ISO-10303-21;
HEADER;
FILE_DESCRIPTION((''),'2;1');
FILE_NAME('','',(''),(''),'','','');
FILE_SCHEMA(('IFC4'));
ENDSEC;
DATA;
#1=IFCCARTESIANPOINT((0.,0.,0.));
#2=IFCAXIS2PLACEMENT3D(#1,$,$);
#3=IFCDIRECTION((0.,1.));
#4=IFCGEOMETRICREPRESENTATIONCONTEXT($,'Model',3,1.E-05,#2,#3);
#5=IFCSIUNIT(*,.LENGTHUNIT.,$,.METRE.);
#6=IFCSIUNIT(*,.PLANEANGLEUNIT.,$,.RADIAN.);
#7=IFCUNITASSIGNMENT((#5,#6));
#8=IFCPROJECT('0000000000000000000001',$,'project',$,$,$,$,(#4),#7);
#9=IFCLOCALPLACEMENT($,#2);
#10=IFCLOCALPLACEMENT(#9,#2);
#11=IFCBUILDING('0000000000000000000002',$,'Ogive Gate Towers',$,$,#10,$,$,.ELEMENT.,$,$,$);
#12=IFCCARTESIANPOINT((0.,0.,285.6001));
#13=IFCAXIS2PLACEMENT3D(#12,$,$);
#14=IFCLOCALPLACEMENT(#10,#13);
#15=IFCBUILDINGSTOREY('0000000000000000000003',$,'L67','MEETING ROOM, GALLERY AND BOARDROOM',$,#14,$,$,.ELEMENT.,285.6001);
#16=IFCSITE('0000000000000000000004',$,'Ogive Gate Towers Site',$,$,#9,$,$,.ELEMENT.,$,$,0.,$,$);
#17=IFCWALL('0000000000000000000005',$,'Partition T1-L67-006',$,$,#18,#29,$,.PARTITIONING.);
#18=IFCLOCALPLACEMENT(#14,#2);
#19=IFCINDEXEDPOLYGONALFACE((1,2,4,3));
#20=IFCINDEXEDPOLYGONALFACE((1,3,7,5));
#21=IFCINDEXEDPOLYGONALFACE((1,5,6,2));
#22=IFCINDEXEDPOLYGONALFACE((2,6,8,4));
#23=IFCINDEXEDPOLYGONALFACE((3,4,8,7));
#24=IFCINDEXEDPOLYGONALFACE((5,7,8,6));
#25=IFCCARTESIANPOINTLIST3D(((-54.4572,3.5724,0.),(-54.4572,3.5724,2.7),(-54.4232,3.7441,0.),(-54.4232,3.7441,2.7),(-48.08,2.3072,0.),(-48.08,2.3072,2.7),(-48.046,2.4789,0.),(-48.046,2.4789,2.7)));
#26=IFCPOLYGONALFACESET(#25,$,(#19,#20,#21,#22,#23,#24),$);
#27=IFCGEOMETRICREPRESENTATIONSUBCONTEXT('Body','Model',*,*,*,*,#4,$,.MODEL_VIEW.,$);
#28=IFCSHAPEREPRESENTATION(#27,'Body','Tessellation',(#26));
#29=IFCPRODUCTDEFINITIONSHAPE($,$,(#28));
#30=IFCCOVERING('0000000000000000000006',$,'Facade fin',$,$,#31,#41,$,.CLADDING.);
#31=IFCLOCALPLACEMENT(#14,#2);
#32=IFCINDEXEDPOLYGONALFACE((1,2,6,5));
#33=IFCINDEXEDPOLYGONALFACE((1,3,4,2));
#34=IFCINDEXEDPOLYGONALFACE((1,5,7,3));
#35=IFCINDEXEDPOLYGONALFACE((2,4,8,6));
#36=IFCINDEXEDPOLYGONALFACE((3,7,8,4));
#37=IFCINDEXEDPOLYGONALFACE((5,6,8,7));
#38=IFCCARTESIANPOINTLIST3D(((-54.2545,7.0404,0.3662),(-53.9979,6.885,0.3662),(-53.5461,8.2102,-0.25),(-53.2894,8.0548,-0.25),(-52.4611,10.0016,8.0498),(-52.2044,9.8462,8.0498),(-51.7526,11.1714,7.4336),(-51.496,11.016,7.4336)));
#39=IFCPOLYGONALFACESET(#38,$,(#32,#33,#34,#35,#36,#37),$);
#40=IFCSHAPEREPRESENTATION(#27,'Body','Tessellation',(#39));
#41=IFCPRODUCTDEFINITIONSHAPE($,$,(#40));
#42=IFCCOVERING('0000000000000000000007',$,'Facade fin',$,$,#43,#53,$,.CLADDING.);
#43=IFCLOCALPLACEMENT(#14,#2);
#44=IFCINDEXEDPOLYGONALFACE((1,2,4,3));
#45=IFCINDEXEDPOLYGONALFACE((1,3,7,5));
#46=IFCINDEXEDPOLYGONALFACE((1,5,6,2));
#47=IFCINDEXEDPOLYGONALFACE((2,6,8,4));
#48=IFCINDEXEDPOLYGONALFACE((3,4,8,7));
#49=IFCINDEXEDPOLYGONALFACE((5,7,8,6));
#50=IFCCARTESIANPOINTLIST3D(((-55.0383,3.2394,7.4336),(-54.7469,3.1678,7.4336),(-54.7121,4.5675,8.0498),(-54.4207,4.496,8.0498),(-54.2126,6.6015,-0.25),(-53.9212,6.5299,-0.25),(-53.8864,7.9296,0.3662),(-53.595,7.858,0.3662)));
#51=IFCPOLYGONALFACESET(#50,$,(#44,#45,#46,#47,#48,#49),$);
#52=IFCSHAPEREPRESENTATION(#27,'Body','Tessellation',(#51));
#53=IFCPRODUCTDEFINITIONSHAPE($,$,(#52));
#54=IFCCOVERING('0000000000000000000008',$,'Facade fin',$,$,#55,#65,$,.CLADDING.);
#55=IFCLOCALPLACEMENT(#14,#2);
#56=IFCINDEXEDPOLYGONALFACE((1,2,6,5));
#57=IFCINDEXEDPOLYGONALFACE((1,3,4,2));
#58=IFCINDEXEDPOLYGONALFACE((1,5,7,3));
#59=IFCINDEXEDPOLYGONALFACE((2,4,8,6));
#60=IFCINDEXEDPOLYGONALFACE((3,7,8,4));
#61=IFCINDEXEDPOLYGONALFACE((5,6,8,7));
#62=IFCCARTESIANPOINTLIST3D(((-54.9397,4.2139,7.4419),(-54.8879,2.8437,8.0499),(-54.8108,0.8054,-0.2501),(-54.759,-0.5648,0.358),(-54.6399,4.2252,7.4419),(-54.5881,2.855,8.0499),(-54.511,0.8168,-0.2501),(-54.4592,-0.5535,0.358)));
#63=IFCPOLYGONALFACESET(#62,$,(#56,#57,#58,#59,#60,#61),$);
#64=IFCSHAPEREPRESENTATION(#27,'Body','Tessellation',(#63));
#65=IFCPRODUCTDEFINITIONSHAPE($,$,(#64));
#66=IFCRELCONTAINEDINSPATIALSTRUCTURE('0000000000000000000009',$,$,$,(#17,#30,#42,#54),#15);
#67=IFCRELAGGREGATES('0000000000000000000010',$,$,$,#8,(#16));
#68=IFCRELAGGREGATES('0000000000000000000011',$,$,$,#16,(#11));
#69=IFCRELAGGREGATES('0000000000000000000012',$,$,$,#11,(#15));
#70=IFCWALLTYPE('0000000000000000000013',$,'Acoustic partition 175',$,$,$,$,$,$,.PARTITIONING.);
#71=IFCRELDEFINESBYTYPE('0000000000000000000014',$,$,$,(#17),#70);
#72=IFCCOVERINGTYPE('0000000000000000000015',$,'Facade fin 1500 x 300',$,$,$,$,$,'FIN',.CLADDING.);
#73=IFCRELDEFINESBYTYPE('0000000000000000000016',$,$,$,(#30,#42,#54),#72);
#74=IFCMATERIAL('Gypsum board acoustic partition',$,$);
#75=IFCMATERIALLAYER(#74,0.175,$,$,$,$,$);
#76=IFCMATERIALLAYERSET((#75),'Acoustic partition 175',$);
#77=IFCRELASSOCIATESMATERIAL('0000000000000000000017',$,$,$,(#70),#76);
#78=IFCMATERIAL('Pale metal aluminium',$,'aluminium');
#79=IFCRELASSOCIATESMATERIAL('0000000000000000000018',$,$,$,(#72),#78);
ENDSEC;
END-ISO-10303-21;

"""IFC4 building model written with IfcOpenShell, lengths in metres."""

from ifc_helpers import new_model, si_unit, direction, frame, frame_2d, origin, origin_2d, place, context, subcontext, project, spatial, rectangle, extrude, material, layer, layer_set, material_profile, profile_set, type_object, element, save


model = new_model("IFC4")

# Units and contexts
model_context = context("Model", 3, precision=1e-05, world=origin(), true_north=direction((0.0, 1.0)))
body_context = subcontext(model_context, "Body", "Model", "MODEL_VIEW")
ifc_project = project(units=[si_unit("LENGTHUNIT", "METRE"), si_unit("PLANEANGLEUNIT", "RADIAN")], contexts=[model_context])

# Site, building, storey
site_placement = place(None, origin())
site = spatial("IfcSite", under=ifc_project, at=site_placement, Name="Ogive Gate Towers Site", CompositionType="ELEMENT", RefElevation=0.0)
building_placement = place(site_placement, origin())
building = spatial("IfcBuilding", under=site, at=building_placement, Name="Ogive Gate Towers", CompositionType="ELEMENT")
storey_placement = place(building_placement, frame((0.0, 0.0, 285.6001)))
storey = spatial("IfcBuildingStorey", under=building, at=storey_placement, Name="L67", Description="MEETING ROOM, GALLERY AND BOARDROOM", CompositionType="ELEMENT", Elevation=285.6001)

# Shared definitions
ifc_material_1 = material(Name="Pale metal aluminium", Category="aluminium")

# Wall
ifc_material_2 = material(Name="Gypsum board acoustic partition")
ifc_layer_1 = layer(ifc_material_2, 0.175)
ifc_layer_set_1 = layer_set([ifc_layer_1], Name="Acoustic partition 175")
wall_type = type_object("IfcWallType", Name="Acoustic partition 175", PredefinedType="PARTITIONING", material=ifc_layer_set_1)
wall_placement = place(storey_placement, frame((-54.4402, 3.6582, 0.0), z_axis=(0.0, 0.0, 1.0), x_axis=(0.980884, -0.194592, 0.0)))
element("IfcWall", 1, at=wall_placement, inside=storey, type_object=wall_type, Name="Partition T1-L67-006", PredefinedType="PARTITIONING", context=body_context, shape_type="SweptSolid", body=[
    extrude(rectangle(XDim=6.5015, YDim=0.175, at=frame_2d((3.2507, 0.0))), origin(), (0.0, 0.0, 1.0), 2.7),
])

# Coverings
ifc_material_profile_1 = material_profile(ifc_material_1, rectangle(XDim=0.3, YDim=1.5, at=origin_2d()), Name="1500 x 300 pale metal aluminium")
ifc_profile_set_1 = profile_set([ifc_material_profile_1], Name="Pale metal aluminium")
covering_type = type_object("IfcCoveringType", Name="Facade fin 1500 x 300", ElementType="FIN", PredefinedType="CLADDING", material=ifc_profile_set_1)
for number, where, z_axis, x_axis, name in (
    (2, (-53.772, 7.5476, 0.0581), (0.21281, 0.351371, 0.911729), (-0.855351, 0.518048, 0.0), "Facade fin"),
    (3, (-53.9038, 7.2297, 0.0581), (-0.097975, -0.398939, 0.911728), (0.971142, -0.238501, 0.0), "Facade fin"),
):
    element("IfcCovering", number, at=place(storey_placement, frame(where, z_axis=z_axis, x_axis=x_axis)), inside=storey, type_object=covering_type, Name=name, PredefinedType="CLADDING", context=body_context, shape_type="SweptSolid", body=[
        extrude(rectangle(XDim=0.3, YDim=1.5, at=origin_2d()), origin(), (0.0, 0.0, 1.0), 8.4275),
    ])
covering_placement = place(storey_placement, frame((-54.635, 0.126, 0.054), z_axis=(-0.01532, 0.405081, 0.914152), x_axis=(-0.999286, -0.037793, 0.0)))
element("IfcCovering", 4, at=covering_placement, inside=storey, type_object=covering_type, Name="Facade fin", PredefinedType="CLADDING", context=body_context, shape_type="SweptSolid", body=[
    extrude(rectangle(XDim=0.3, YDim=1.5, at=origin_2d()), origin(), (0.0, 0.0, 1.0), 8.4143),
])

save(model, "model.ifc")
